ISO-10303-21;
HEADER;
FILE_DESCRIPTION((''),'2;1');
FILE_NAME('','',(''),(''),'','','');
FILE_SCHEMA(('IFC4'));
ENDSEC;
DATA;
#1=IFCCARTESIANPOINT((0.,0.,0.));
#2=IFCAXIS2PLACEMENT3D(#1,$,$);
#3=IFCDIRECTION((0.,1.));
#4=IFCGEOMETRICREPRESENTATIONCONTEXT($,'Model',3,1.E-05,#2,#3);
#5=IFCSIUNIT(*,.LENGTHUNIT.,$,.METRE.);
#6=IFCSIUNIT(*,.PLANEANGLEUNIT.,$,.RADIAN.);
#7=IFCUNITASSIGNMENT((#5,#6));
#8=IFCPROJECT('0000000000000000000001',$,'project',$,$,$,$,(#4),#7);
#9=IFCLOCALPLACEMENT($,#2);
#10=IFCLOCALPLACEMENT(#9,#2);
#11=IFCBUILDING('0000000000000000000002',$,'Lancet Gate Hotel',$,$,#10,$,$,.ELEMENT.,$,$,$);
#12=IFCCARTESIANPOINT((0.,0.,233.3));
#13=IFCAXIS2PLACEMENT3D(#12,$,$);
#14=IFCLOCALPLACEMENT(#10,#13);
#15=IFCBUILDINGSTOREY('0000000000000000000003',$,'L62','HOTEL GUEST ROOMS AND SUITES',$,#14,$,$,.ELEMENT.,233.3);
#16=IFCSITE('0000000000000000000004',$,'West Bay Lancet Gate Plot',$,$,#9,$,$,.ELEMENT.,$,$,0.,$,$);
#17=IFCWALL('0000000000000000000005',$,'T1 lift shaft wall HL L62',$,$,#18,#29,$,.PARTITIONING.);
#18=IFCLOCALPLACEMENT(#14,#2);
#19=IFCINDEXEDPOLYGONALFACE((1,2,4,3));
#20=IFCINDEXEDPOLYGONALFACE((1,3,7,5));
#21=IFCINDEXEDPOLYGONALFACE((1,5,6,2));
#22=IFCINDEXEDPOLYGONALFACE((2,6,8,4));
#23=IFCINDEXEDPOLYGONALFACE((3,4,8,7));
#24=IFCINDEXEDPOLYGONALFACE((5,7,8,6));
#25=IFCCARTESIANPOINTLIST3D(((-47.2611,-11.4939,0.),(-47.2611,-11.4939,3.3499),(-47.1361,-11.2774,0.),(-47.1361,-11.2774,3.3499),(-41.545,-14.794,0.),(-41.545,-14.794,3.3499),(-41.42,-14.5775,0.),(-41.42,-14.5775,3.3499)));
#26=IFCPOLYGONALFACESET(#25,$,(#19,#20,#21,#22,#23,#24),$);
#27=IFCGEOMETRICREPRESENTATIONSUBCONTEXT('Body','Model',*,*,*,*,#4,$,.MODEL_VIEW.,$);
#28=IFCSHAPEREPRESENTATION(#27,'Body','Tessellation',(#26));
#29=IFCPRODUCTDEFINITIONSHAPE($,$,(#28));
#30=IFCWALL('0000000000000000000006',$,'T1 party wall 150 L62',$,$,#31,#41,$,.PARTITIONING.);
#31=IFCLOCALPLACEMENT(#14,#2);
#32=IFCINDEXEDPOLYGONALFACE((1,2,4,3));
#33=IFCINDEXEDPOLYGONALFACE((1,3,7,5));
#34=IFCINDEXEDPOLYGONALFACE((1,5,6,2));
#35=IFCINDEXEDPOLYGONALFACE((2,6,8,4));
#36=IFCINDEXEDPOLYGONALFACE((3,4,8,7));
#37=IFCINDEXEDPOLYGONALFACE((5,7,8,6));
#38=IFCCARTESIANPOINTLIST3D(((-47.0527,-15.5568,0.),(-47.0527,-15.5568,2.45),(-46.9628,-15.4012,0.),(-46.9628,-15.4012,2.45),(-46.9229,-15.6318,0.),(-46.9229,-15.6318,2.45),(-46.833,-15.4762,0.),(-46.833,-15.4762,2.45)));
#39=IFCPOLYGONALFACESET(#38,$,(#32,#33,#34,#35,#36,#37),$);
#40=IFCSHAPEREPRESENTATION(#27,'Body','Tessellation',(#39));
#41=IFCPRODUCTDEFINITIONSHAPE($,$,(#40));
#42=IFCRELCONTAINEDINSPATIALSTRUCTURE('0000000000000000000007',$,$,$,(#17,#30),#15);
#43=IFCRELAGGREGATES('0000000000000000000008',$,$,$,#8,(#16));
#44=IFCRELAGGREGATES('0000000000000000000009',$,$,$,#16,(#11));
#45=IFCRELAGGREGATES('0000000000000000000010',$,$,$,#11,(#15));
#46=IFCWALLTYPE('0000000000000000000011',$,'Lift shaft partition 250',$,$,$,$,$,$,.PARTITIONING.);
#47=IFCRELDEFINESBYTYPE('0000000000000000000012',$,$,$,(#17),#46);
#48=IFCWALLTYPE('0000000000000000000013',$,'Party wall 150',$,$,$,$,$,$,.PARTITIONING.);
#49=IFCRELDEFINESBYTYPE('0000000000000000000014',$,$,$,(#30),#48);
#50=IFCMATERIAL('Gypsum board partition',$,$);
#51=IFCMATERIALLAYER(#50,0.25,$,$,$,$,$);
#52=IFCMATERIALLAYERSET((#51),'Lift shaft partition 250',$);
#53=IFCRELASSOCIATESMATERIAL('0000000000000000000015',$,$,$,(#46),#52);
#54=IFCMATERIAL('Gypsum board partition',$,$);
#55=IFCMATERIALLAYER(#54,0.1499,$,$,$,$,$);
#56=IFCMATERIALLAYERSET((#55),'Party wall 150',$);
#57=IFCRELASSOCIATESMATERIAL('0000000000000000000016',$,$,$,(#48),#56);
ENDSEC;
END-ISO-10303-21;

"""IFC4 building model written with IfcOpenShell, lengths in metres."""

from ifc_helpers import new_model, si_unit, direction, frame, frame_2d, origin, place, context, subcontext, project, spatial, rectangle, extrude, material, layer, layer_set, type_object, element, save


model = new_model("IFC4")

# Units and contexts
model_context = context("Model", 3, precision=1e-05, world=origin(), true_north=direction((0.0, 1.0)))
body_context = subcontext(model_context, "Body", "Model", "MODEL_VIEW")
ifc_project = project(units=[si_unit("LENGTHUNIT", "METRE"), si_unit("PLANEANGLEUNIT", "RADIAN")], contexts=[model_context])

# Site, building, storey
site_placement = place(None, origin())
site = spatial("IfcSite", under=ifc_project, at=site_placement, Name="West Bay Lancet Gate Plot", CompositionType="ELEMENT", RefElevation=0.0)
building_placement = place(site_placement, origin())
building = spatial("IfcBuilding", under=site, at=building_placement, Name="Lancet Gate Hotel", CompositionType="ELEMENT")
storey_placement = place(building_placement, frame((0.0, 0.0, 233.3)))
storey = spatial("IfcBuildingStorey", under=building, at=storey_placement, Name="L62", Description="HOTEL GUEST ROOMS AND SUITES", CompositionType="ELEMENT", Elevation=233.3)

# Walls
ifc_material_1 = material(Name="Gypsum board partition")
ifc_layer_1 = layer(ifc_material_1, 0.25)
ifc_layer_set_1 = layer_set([ifc_layer_1], Name="Lift shaft partition 250")
wall_type_1 = type_object("IfcWallType", Name="Lift shaft partition 250", PredefinedType="PARTITIONING", material=ifc_layer_set_1)
wall_1_placement = place(storey_placement, frame((-41.4824, -14.6858, 0.0), z_axis=(0.0, 0.0, 1.0), x_axis=(-0.866033, 0.499986, 0.0)))
element("IfcWall", 1, at=wall_1_placement, inside=storey, type_object=wall_type_1, Name="T1 lift shaft wall HL L62", PredefinedType="PARTITIONING", context=body_context, shape_type="SweptSolid", body=[
    extrude(rectangle(XDim=6.6003, YDim=0.25, at=frame_2d((3.3003, 0.0))), origin(), (0.0, 0.0, 1.0), 3.3499),
])
ifc_material_2 = material(Name="Gypsum board partition")
ifc_layer_2 = layer(ifc_material_2, 0.1499)
ifc_layer_set_2 = layer_set([ifc_layer_2], Name="Party wall 150")
wall_type_2 = type_object("IfcWallType", Name="Party wall 150", PredefinedType="PARTITIONING", material=ifc_layer_set_2)
wall_2_placement = place(storey_placement, frame((-46.8979, -15.4387, 0.0), z_axis=(0.0, 0.0, 1.0), x_axis=(-0.500232, -0.865891, 0.0)))
element("IfcWall", 2, at=wall_2_placement, inside=storey, type_object=wall_type_2, Name="T1 party wall 150 L62", PredefinedType="PARTITIONING", context=body_context, shape_type="SweptSolid", body=[
    extrude(rectangle(XDim=0.1797, YDim=0.1499, at=frame_2d((0.0898, 0.0))), origin(), (0.0, 0.0, 1.0), 2.45),
])

save(model, "model.ifc")
